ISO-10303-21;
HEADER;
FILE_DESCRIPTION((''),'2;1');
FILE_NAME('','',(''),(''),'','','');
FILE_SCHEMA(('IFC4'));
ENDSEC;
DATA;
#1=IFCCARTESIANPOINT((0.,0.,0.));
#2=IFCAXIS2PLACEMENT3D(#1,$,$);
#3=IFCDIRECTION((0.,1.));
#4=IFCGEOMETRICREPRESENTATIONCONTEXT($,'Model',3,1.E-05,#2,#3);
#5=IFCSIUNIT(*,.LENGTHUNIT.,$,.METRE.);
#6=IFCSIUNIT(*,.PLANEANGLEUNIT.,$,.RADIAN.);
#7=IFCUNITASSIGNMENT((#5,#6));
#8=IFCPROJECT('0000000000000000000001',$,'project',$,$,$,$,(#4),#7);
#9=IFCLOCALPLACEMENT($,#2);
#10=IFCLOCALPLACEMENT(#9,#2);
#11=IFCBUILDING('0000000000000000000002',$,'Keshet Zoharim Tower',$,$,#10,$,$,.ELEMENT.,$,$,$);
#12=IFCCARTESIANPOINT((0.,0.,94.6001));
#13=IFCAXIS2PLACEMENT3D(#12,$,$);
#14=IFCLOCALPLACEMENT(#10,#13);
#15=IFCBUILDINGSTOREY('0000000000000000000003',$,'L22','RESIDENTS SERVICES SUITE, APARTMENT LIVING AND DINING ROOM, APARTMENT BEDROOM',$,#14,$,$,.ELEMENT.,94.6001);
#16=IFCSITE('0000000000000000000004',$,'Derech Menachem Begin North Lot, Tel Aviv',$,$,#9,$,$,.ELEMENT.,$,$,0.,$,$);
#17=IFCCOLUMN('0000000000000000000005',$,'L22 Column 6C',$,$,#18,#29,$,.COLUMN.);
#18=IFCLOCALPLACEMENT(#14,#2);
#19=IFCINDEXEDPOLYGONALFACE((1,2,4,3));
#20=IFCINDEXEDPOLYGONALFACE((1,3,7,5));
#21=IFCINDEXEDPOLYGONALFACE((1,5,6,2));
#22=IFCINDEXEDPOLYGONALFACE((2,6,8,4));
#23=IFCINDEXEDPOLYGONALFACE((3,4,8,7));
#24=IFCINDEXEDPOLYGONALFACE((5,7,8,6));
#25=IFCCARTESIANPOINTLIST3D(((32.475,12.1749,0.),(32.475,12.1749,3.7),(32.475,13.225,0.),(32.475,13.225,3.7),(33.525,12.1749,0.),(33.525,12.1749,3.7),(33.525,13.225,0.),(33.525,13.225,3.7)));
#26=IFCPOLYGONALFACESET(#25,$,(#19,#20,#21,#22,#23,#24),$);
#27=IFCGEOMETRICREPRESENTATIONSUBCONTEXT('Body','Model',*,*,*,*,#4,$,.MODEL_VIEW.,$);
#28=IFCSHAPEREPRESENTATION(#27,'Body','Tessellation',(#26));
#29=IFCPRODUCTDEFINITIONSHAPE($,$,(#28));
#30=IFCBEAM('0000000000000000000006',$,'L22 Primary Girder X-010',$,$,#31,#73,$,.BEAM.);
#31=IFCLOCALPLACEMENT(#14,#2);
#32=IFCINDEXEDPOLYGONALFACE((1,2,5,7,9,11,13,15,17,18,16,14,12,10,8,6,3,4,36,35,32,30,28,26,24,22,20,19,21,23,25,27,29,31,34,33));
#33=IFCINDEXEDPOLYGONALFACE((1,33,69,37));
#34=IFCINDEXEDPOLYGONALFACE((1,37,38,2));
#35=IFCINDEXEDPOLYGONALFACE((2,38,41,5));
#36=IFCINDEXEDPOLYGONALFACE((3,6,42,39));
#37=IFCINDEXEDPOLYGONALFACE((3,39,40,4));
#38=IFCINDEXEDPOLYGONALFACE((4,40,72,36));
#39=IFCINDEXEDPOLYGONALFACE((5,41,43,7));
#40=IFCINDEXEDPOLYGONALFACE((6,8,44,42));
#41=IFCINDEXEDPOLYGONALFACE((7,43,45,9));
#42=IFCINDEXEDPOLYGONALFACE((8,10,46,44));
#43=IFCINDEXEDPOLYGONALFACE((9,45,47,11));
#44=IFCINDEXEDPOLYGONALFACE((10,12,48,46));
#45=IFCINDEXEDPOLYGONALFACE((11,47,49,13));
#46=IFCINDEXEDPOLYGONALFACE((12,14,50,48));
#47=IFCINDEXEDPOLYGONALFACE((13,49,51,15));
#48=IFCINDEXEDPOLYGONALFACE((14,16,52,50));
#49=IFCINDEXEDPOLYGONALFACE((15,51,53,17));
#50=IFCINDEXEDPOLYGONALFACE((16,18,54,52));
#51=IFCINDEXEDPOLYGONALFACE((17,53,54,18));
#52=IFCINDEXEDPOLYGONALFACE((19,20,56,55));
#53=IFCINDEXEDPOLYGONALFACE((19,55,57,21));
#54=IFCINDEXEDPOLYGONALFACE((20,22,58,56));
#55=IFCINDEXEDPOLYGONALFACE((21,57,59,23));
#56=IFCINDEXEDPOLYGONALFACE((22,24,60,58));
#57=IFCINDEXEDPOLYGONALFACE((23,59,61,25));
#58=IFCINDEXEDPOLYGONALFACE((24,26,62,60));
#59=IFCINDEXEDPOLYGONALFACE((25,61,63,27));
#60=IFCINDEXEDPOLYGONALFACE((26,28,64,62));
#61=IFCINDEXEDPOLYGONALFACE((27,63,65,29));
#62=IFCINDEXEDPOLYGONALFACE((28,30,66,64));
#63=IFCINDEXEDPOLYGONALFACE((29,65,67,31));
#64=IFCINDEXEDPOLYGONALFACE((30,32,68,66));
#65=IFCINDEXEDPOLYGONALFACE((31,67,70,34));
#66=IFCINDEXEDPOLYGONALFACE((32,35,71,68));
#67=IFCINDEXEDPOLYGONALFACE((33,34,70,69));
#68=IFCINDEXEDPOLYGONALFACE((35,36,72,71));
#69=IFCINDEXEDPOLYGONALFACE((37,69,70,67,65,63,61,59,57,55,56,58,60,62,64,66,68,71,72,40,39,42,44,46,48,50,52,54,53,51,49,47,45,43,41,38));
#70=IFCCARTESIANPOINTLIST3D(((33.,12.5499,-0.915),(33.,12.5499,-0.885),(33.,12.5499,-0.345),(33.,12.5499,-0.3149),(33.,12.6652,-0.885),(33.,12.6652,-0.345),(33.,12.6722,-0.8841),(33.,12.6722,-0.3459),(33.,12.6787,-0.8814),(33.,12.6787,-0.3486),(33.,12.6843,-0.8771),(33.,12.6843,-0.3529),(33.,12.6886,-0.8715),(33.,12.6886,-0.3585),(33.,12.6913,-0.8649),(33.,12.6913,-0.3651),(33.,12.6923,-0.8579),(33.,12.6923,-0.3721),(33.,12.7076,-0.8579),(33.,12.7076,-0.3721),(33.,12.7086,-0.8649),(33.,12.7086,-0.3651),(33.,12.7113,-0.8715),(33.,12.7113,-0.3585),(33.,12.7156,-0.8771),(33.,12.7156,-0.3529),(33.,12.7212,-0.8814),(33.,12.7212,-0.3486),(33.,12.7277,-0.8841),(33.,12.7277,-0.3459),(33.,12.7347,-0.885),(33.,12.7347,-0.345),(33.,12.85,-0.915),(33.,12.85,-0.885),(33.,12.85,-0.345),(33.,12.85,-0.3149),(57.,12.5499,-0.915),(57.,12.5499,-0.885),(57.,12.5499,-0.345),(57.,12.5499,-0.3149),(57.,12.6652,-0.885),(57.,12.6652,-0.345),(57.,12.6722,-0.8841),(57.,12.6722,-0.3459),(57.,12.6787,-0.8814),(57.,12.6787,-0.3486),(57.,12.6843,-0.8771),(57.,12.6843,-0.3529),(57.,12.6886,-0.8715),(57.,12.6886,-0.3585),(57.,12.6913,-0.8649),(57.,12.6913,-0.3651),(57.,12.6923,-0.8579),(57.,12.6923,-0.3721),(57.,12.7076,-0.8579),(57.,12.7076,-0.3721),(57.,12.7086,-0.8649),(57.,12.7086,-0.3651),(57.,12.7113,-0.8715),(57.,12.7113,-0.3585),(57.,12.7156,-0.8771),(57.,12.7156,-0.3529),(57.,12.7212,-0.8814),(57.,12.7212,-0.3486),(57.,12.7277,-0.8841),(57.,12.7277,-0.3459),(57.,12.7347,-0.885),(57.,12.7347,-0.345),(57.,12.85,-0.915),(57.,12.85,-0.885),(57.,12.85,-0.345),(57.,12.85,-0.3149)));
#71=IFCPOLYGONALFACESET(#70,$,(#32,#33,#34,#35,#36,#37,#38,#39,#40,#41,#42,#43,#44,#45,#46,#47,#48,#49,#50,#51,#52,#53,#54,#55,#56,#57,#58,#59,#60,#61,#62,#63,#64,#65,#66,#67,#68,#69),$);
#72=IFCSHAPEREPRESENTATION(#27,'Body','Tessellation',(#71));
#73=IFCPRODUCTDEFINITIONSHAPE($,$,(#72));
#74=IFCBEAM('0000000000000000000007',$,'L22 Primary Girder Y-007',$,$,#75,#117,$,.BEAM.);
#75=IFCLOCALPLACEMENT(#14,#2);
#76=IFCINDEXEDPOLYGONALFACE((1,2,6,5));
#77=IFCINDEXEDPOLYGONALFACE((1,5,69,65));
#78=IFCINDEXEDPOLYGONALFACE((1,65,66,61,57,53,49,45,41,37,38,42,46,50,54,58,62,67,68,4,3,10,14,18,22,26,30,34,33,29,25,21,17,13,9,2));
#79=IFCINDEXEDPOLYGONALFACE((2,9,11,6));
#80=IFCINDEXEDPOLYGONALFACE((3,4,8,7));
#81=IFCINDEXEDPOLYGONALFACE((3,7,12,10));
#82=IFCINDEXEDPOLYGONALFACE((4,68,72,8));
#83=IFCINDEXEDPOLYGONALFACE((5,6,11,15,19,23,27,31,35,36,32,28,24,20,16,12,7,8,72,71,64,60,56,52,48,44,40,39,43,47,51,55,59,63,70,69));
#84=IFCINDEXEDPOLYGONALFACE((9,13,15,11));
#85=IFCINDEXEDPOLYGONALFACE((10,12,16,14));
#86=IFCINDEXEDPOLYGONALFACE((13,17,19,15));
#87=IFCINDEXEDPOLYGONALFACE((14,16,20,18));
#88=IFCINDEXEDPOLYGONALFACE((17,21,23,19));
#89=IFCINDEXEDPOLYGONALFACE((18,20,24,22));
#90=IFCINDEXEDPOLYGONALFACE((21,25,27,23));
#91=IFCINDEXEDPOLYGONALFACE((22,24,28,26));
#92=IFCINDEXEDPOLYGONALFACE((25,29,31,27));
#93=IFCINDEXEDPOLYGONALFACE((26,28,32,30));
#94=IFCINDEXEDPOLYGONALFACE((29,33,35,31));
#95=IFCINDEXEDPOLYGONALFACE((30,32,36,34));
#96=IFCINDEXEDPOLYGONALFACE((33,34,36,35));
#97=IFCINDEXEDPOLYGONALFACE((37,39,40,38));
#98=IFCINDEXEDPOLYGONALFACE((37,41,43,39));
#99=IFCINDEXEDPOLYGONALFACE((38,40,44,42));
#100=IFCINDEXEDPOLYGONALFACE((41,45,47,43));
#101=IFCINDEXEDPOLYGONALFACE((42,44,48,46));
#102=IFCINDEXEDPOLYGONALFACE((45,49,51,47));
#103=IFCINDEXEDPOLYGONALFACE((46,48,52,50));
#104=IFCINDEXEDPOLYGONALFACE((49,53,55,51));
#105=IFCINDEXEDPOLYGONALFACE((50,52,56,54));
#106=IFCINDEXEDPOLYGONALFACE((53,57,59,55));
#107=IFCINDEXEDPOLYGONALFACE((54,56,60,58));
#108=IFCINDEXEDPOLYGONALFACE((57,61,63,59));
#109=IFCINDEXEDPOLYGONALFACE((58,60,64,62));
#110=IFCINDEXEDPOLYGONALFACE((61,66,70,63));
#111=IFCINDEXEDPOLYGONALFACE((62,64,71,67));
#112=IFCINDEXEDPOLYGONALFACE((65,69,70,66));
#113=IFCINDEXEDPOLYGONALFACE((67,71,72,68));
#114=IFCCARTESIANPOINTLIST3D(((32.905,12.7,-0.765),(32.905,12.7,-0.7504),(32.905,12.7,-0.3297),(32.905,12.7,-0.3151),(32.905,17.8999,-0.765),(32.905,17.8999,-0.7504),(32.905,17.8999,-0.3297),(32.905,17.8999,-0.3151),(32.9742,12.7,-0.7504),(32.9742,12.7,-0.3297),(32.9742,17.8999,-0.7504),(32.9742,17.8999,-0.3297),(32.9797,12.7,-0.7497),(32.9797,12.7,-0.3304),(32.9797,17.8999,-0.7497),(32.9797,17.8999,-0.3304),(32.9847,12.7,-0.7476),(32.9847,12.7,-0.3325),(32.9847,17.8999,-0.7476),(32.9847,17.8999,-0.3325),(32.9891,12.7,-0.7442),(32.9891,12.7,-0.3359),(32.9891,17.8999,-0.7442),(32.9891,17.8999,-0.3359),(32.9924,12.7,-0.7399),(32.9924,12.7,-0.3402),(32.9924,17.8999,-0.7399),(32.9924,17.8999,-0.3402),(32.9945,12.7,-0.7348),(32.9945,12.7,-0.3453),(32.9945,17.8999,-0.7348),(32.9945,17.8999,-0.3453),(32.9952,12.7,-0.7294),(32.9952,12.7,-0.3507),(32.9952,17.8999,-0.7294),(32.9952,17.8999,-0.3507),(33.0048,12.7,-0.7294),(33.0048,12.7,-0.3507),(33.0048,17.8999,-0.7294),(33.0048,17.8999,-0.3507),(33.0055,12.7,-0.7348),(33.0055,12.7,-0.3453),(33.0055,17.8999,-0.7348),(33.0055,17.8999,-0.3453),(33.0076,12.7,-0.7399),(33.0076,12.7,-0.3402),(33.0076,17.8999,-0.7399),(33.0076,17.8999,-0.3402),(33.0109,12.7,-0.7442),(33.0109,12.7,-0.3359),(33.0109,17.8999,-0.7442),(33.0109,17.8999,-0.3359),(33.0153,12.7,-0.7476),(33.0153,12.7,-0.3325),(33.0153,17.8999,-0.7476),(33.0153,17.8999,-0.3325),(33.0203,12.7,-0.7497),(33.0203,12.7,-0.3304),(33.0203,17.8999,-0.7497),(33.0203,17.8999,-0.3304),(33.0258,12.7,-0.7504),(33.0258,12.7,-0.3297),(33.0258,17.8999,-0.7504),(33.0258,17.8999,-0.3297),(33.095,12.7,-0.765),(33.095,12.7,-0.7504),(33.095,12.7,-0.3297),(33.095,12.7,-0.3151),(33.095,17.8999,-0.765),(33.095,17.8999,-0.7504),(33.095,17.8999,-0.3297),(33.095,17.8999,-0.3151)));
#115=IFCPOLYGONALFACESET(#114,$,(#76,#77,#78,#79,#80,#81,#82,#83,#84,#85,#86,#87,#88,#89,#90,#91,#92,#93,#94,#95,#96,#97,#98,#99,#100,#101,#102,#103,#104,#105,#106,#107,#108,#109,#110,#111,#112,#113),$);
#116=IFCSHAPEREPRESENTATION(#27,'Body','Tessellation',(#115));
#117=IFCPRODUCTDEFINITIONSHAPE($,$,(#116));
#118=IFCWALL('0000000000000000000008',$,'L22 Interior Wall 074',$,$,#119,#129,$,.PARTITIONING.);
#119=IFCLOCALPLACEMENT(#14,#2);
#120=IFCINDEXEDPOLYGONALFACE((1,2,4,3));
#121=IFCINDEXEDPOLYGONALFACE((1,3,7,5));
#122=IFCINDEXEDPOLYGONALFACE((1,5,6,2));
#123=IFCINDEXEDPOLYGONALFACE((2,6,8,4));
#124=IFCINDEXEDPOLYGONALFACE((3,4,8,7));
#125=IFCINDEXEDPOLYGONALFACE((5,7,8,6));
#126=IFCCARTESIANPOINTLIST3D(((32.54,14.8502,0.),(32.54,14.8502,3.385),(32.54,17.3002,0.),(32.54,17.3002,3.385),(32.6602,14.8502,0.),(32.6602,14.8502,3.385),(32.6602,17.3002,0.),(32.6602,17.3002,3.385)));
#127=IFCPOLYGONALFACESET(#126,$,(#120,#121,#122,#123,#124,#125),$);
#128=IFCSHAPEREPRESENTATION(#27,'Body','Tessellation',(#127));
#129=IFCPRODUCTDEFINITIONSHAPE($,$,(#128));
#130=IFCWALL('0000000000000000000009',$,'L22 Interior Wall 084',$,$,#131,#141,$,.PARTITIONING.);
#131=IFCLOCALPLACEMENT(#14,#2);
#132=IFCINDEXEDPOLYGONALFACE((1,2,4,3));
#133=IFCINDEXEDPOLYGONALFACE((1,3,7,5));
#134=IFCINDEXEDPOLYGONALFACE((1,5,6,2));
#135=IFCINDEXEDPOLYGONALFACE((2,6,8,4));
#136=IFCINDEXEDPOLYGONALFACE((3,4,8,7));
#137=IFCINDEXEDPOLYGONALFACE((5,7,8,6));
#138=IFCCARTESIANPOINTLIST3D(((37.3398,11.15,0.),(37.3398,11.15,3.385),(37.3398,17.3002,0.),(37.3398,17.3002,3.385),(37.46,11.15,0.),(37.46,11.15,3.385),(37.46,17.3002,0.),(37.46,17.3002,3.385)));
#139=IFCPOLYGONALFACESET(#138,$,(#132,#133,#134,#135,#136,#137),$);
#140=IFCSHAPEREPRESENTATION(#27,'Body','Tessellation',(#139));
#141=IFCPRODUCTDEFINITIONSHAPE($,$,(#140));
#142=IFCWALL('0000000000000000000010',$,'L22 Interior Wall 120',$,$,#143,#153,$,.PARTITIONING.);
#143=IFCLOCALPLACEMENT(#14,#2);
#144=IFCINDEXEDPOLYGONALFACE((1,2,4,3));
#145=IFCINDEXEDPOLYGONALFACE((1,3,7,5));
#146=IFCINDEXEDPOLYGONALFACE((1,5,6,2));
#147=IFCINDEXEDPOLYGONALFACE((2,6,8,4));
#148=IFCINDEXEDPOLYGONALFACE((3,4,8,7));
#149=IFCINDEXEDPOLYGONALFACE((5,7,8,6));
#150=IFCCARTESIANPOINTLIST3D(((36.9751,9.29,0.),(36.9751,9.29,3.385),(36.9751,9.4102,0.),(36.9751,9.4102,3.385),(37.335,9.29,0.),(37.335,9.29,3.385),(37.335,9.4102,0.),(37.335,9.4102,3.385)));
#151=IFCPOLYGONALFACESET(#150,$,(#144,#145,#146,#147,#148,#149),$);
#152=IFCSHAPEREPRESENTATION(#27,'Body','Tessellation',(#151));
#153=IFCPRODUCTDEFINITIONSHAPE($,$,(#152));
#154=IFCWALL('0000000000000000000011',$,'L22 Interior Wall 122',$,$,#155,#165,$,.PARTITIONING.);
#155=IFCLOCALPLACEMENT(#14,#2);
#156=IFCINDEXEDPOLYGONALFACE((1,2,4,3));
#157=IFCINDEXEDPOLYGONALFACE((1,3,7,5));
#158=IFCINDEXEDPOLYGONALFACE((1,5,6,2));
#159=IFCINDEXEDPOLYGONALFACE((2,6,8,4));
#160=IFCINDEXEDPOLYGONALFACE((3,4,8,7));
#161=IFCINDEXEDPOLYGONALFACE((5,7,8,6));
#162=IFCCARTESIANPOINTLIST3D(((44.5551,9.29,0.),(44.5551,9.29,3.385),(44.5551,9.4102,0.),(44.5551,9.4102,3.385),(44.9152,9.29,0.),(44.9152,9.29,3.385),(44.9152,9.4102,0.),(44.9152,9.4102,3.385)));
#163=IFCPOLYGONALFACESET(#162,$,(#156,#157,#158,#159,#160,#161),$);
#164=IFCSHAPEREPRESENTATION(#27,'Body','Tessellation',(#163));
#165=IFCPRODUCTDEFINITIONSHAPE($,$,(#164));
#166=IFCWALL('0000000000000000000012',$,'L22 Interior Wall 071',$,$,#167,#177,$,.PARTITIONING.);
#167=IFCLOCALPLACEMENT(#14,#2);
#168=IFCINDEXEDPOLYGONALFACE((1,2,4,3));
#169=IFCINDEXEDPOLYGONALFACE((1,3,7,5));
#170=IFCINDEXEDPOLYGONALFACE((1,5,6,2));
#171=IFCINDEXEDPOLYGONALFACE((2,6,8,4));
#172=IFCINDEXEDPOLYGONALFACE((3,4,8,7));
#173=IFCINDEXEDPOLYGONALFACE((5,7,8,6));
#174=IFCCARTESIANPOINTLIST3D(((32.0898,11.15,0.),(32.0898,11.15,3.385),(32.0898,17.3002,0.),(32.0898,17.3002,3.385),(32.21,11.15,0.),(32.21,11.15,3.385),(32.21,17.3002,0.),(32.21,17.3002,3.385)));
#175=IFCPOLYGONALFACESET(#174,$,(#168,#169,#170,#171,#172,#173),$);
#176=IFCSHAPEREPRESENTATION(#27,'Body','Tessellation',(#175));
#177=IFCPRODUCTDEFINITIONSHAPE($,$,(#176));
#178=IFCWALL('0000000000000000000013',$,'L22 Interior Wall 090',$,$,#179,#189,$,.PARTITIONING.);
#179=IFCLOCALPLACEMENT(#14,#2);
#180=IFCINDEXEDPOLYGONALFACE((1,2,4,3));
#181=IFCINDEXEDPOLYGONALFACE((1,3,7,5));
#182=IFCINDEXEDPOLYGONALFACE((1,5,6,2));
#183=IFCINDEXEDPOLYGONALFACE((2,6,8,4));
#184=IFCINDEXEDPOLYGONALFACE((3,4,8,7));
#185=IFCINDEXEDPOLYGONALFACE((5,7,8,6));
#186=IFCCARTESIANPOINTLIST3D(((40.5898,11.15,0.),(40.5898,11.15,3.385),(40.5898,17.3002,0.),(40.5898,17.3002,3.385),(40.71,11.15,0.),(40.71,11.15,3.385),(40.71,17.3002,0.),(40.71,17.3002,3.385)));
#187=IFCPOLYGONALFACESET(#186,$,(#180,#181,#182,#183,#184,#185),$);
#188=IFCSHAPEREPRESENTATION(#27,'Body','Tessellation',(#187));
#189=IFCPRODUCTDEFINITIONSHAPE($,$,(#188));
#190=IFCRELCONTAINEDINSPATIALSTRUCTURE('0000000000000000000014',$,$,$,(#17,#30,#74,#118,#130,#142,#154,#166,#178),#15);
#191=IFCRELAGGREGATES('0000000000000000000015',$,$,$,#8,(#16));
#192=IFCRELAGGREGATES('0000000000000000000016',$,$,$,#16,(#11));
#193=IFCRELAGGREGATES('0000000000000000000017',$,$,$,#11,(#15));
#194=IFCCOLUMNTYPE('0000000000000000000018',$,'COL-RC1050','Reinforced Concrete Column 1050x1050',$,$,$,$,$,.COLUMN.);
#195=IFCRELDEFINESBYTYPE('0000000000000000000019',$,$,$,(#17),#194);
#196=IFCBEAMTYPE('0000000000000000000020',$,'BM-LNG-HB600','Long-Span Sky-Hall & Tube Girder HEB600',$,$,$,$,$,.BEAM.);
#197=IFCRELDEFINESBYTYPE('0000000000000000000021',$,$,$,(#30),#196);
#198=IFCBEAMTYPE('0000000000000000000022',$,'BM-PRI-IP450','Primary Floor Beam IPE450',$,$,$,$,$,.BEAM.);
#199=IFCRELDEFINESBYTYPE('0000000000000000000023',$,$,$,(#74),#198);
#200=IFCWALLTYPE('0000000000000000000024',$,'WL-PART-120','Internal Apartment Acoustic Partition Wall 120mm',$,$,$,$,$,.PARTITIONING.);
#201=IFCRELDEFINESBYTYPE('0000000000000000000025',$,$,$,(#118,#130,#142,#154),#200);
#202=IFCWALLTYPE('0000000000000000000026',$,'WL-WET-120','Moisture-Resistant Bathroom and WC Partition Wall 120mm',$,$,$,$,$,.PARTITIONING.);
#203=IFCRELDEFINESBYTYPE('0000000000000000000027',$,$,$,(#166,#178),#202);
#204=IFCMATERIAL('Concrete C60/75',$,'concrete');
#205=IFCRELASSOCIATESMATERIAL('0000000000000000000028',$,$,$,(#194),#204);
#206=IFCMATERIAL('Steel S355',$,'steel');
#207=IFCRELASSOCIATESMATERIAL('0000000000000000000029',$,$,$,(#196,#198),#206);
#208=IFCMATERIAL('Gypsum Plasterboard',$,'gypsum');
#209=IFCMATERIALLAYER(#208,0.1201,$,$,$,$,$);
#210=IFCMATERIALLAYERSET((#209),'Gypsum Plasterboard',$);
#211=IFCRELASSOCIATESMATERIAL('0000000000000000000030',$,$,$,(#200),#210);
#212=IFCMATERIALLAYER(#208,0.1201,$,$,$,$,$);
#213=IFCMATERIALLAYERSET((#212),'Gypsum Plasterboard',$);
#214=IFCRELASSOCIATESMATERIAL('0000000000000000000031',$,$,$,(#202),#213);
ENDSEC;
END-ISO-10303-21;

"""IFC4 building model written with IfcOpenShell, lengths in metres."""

from ifc_helpers import new_model, si_unit, direction, frame, frame_2d, origin, origin_2d, place, context, subcontext, project, spatial, rectangle, i_section, extrude, material, layer, layer_set, material_profile, profile_set, type_object, element, save


model = new_model("IFC4")

# Units and contexts
model_context = context("Model", 3, precision=1e-05, world=origin(), true_north=direction((0.0, 1.0)))
body_context = subcontext(model_context, "Body", "Model", "MODEL_VIEW")
ifc_project = project(units=[si_unit("LENGTHUNIT", "METRE"), si_unit("PLANEANGLEUNIT", "RADIAN")], contexts=[model_context])

# Site, building, storey
site_placement = place(None, origin())
site = spatial("IfcSite", under=ifc_project, at=site_placement, Name="Derech Menachem Begin North Lot, Tel Aviv", CompositionType="ELEMENT", RefElevation=0.0)
building_placement = place(site_placement, origin())
building = spatial("IfcBuilding", under=site, at=building_placement, Name="Keshet Zoharim Tower", CompositionType="ELEMENT")
storey_placement = place(building_placement, frame((0.0, 0.0, 94.6001)))
storey = spatial("IfcBuildingStorey", under=building, at=storey_placement, Name="L22", Description="RESIDENTS SERVICES SUITE, APARTMENT LIVING AND DINING ROOM, APARTMENT BEDROOM", CompositionType="ELEMENT", Elevation=94.6001)

# Column
ifc_material_1 = material(Name="Concrete C60/75", Category="concrete")
ifc_material_profile_1 = material_profile(ifc_material_1, rectangle(XDim=1.05, YDim=1.05, at=origin_2d()), Name="RC1050x1050")
ifc_profile_set_1 = profile_set([ifc_material_profile_1], Name="Concrete C60/75")
column_type = type_object("IfcColumnType", Name="COL-RC1050", Description="Reinforced Concrete Column 1050x1050", PredefinedType="COLUMN", material=ifc_profile_set_1)
column_placement = place(storey_placement, frame((33.0, 12.7, 0.0), z_axis=(0.0, 0.0, 1.0), x_axis=(1.0, 0.0, 0.0)))
element("IfcColumn", 1, at=column_placement, inside=storey, type_object=column_type, Name="L22 Column 6C", PredefinedType="COLUMN", context=body_context, shape_type="SweptSolid", body=[
    extrude(rectangle(XDim=1.05, YDim=1.05, at=origin_2d()), origin(), (0.0, 0.0, 1.0), 3.7),
])

# Beams
ifc_material_2 = material(Name="Steel S355", Category="steel")
ifc_material_profile_2 = material_profile(ifc_material_2, i_section(OverallWidth=0.3, OverallDepth=0.6001, WebThickness=0.0154, FlangeThickness=0.03, FilletRadius=0.0271, at=origin_2d()), Name="HEB600")
ifc_profile_set_2 = profile_set([ifc_material_profile_2], Name="Steel S355")
beam_type_1 = type_object("IfcBeamType", Name="BM-LNG-HB600", Description="Long-Span Sky-Hall & Tube Girder HEB600", PredefinedType="BEAM", material=ifc_profile_set_2)
beam_1_placement = place(storey_placement, frame((33.0, 12.7, -0.615), z_axis=(1.0, 0.0, 0.0), x_axis=(0.0, 1.0, 0.0)))
element("IfcBeam", 2, at=beam_1_placement, inside=storey, type_object=beam_type_1, Name="L22 Primary Girder X-010", PredefinedType="BEAM", context=body_context, shape_type="SweptSolid", body=[
    extrude(i_section(OverallWidth=0.3, OverallDepth=0.6001, WebThickness=0.0154, FlangeThickness=0.03, FilletRadius=0.0271, at=origin_2d()), origin(), (0.0, 0.0, 1.0), 24.0),
])
ifc_material_profile_3 = material_profile(ifc_material_2, i_section(OverallWidth=0.1899, OverallDepth=0.45, WebThickness=0.0095, FlangeThickness=0.0146, FilletRadius=0.021, at=origin_2d()), Name="IPE450")
ifc_profile_set_3 = profile_set([ifc_material_profile_3], Name="Steel S355")
beam_type_2 = type_object("IfcBeamType", Name="BM-PRI-IP450", Description="Primary Floor Beam IPE450", PredefinedType="BEAM", material=ifc_profile_set_3)
beam_2_placement = place(storey_placement, frame((33.0, 12.7, -0.54), z_axis=(0.0, 1.0, 0.0), x_axis=(-1.0, 0.0, 0.0)))
element("IfcBeam", 3, at=beam_2_placement, inside=storey, type_object=beam_type_2, Name="L22 Primary Girder Y-007", PredefinedType="BEAM", context=body_context, shape_type="SweptSolid", body=[
    extrude(i_section(OverallWidth=0.1899, OverallDepth=0.45, WebThickness=0.0095, FlangeThickness=0.0146, FilletRadius=0.021, at=origin_2d()), origin(), (0.0, 0.0, 1.0), 5.2),
])

# Shared definitions
ifc_material_3 = material(Name="Gypsum Plasterboard", Category="gypsum")

# Walls
ifc_layer_1 = layer(ifc_material_3, 0.1201)
ifc_layer_set_1 = layer_set([ifc_layer_1], Name="Gypsum Plasterboard")
wall_type_1 = type_object("IfcWallType", Name="WL-PART-120", Description="Internal Apartment Acoustic Partition Wall 120mm", PredefinedType="PARTITIONING", material=ifc_layer_set_1)
wall_1_placement = place(storey_placement, frame((32.6001, 14.8501, 0.0), z_axis=(0.0, 0.0, 1.0), x_axis=(0.0, 1.0, 0.0)))
element("IfcWall", 4, at=wall_1_placement, inside=storey, type_object=wall_type_1, Name="L22 Interior Wall 074", PredefinedType="PARTITIONING", context=body_context, shape_type="SweptSolid", body=[
    extrude(rectangle(XDim=2.45, YDim=0.1201, at=frame_2d((1.2251, 0.0))), origin(), (0.0, 0.0, 1.0), 3.385),
])
wall_2_placement = place(storey_placement, frame((37.3999, 11.1499, 0.0), z_axis=(0.0, 0.0, 1.0), x_axis=(0.0, 1.0, 0.0)))
element("IfcWall", 5, at=wall_2_placement, inside=storey, type_object=wall_type_1, Name="L22 Interior Wall 084", PredefinedType="PARTITIONING", context=body_context, shape_type="SweptSolid", body=[
    extrude(rectangle(XDim=6.1501, YDim=0.1201, at=frame_2d((3.0752, 0.0))), origin(), (0.0, 0.0, 1.0), 3.385),
])
wall_3_placement = place(storey_placement, frame((36.9751, 9.3501, 0.0), z_axis=(0.0, 0.0, 1.0), x_axis=(1.0, 0.0, 0.0)))
element("IfcWall", 6, at=wall_3_placement, inside=storey, type_object=wall_type_1, Name="L22 Interior Wall 120", PredefinedType="PARTITIONING", context=body_context, shape_type="SweptSolid", body=[
    extrude(rectangle(XDim=0.3599, YDim=0.1201, at=frame_2d((0.1799, 0.0))), origin(), (0.0, 0.0, 1.0), 3.385),
])

# Wall
wall_4_placement = place(storey_placement, frame((44.5549, 9.3501, 0.0), z_axis=(0.0, 0.0, 1.0), x_axis=(1.0, 0.0, 0.0)))
element("IfcWall", 7, at=wall_4_placement, inside=storey, type_object=wall_type_1, Name="L22 Interior Wall 122", PredefinedType="PARTITIONING", context=body_context, shape_type="SweptSolid", body=[
    extrude(rectangle(XDim=0.3601, YDim=0.1201, at=frame_2d((0.1802, 0.0))), origin(), (0.0, 0.0, 1.0), 3.385),
])

# Walls
ifc_layer_2 = layer(ifc_material_3, 0.1201)
ifc_layer_set_2 = layer_set([ifc_layer_2], Name="Gypsum Plasterboard")
wall_type_2 = type_object("IfcWallType", Name="WL-WET-120", Description="Moisture-Resistant Bathroom and WC Partition Wall 120mm", PredefinedType="PARTITIONING", material=ifc_layer_set_2)
for number, where, z_axis, x_axis, name in (
    (8, (32.1499, 11.1499, 0.0), (0.0, 0.0, 1.0), (0.0, 1.0, 0.0), "L22 Interior Wall 071"),
    (9, (40.6499, 11.1499, 0.0), (0.0, 0.0, 1.0), (0.0, 1.0, 0.0), "L22 Interior Wall 090"),
):
    element("IfcWall", number, at=place(storey_placement, frame(where, z_axis=z_axis, x_axis=x_axis)), inside=storey, type_object=wall_type_2, Name=name, PredefinedType="PARTITIONING", context=body_context, shape_type="SweptSolid", body=[
        extrude(rectangle(XDim=6.1501, YDim=0.1201, at=frame_2d((3.0752, 0.0))), origin(), (0.0, 0.0, 1.0), 3.385),
    ])

save(model, "model.ifc")
